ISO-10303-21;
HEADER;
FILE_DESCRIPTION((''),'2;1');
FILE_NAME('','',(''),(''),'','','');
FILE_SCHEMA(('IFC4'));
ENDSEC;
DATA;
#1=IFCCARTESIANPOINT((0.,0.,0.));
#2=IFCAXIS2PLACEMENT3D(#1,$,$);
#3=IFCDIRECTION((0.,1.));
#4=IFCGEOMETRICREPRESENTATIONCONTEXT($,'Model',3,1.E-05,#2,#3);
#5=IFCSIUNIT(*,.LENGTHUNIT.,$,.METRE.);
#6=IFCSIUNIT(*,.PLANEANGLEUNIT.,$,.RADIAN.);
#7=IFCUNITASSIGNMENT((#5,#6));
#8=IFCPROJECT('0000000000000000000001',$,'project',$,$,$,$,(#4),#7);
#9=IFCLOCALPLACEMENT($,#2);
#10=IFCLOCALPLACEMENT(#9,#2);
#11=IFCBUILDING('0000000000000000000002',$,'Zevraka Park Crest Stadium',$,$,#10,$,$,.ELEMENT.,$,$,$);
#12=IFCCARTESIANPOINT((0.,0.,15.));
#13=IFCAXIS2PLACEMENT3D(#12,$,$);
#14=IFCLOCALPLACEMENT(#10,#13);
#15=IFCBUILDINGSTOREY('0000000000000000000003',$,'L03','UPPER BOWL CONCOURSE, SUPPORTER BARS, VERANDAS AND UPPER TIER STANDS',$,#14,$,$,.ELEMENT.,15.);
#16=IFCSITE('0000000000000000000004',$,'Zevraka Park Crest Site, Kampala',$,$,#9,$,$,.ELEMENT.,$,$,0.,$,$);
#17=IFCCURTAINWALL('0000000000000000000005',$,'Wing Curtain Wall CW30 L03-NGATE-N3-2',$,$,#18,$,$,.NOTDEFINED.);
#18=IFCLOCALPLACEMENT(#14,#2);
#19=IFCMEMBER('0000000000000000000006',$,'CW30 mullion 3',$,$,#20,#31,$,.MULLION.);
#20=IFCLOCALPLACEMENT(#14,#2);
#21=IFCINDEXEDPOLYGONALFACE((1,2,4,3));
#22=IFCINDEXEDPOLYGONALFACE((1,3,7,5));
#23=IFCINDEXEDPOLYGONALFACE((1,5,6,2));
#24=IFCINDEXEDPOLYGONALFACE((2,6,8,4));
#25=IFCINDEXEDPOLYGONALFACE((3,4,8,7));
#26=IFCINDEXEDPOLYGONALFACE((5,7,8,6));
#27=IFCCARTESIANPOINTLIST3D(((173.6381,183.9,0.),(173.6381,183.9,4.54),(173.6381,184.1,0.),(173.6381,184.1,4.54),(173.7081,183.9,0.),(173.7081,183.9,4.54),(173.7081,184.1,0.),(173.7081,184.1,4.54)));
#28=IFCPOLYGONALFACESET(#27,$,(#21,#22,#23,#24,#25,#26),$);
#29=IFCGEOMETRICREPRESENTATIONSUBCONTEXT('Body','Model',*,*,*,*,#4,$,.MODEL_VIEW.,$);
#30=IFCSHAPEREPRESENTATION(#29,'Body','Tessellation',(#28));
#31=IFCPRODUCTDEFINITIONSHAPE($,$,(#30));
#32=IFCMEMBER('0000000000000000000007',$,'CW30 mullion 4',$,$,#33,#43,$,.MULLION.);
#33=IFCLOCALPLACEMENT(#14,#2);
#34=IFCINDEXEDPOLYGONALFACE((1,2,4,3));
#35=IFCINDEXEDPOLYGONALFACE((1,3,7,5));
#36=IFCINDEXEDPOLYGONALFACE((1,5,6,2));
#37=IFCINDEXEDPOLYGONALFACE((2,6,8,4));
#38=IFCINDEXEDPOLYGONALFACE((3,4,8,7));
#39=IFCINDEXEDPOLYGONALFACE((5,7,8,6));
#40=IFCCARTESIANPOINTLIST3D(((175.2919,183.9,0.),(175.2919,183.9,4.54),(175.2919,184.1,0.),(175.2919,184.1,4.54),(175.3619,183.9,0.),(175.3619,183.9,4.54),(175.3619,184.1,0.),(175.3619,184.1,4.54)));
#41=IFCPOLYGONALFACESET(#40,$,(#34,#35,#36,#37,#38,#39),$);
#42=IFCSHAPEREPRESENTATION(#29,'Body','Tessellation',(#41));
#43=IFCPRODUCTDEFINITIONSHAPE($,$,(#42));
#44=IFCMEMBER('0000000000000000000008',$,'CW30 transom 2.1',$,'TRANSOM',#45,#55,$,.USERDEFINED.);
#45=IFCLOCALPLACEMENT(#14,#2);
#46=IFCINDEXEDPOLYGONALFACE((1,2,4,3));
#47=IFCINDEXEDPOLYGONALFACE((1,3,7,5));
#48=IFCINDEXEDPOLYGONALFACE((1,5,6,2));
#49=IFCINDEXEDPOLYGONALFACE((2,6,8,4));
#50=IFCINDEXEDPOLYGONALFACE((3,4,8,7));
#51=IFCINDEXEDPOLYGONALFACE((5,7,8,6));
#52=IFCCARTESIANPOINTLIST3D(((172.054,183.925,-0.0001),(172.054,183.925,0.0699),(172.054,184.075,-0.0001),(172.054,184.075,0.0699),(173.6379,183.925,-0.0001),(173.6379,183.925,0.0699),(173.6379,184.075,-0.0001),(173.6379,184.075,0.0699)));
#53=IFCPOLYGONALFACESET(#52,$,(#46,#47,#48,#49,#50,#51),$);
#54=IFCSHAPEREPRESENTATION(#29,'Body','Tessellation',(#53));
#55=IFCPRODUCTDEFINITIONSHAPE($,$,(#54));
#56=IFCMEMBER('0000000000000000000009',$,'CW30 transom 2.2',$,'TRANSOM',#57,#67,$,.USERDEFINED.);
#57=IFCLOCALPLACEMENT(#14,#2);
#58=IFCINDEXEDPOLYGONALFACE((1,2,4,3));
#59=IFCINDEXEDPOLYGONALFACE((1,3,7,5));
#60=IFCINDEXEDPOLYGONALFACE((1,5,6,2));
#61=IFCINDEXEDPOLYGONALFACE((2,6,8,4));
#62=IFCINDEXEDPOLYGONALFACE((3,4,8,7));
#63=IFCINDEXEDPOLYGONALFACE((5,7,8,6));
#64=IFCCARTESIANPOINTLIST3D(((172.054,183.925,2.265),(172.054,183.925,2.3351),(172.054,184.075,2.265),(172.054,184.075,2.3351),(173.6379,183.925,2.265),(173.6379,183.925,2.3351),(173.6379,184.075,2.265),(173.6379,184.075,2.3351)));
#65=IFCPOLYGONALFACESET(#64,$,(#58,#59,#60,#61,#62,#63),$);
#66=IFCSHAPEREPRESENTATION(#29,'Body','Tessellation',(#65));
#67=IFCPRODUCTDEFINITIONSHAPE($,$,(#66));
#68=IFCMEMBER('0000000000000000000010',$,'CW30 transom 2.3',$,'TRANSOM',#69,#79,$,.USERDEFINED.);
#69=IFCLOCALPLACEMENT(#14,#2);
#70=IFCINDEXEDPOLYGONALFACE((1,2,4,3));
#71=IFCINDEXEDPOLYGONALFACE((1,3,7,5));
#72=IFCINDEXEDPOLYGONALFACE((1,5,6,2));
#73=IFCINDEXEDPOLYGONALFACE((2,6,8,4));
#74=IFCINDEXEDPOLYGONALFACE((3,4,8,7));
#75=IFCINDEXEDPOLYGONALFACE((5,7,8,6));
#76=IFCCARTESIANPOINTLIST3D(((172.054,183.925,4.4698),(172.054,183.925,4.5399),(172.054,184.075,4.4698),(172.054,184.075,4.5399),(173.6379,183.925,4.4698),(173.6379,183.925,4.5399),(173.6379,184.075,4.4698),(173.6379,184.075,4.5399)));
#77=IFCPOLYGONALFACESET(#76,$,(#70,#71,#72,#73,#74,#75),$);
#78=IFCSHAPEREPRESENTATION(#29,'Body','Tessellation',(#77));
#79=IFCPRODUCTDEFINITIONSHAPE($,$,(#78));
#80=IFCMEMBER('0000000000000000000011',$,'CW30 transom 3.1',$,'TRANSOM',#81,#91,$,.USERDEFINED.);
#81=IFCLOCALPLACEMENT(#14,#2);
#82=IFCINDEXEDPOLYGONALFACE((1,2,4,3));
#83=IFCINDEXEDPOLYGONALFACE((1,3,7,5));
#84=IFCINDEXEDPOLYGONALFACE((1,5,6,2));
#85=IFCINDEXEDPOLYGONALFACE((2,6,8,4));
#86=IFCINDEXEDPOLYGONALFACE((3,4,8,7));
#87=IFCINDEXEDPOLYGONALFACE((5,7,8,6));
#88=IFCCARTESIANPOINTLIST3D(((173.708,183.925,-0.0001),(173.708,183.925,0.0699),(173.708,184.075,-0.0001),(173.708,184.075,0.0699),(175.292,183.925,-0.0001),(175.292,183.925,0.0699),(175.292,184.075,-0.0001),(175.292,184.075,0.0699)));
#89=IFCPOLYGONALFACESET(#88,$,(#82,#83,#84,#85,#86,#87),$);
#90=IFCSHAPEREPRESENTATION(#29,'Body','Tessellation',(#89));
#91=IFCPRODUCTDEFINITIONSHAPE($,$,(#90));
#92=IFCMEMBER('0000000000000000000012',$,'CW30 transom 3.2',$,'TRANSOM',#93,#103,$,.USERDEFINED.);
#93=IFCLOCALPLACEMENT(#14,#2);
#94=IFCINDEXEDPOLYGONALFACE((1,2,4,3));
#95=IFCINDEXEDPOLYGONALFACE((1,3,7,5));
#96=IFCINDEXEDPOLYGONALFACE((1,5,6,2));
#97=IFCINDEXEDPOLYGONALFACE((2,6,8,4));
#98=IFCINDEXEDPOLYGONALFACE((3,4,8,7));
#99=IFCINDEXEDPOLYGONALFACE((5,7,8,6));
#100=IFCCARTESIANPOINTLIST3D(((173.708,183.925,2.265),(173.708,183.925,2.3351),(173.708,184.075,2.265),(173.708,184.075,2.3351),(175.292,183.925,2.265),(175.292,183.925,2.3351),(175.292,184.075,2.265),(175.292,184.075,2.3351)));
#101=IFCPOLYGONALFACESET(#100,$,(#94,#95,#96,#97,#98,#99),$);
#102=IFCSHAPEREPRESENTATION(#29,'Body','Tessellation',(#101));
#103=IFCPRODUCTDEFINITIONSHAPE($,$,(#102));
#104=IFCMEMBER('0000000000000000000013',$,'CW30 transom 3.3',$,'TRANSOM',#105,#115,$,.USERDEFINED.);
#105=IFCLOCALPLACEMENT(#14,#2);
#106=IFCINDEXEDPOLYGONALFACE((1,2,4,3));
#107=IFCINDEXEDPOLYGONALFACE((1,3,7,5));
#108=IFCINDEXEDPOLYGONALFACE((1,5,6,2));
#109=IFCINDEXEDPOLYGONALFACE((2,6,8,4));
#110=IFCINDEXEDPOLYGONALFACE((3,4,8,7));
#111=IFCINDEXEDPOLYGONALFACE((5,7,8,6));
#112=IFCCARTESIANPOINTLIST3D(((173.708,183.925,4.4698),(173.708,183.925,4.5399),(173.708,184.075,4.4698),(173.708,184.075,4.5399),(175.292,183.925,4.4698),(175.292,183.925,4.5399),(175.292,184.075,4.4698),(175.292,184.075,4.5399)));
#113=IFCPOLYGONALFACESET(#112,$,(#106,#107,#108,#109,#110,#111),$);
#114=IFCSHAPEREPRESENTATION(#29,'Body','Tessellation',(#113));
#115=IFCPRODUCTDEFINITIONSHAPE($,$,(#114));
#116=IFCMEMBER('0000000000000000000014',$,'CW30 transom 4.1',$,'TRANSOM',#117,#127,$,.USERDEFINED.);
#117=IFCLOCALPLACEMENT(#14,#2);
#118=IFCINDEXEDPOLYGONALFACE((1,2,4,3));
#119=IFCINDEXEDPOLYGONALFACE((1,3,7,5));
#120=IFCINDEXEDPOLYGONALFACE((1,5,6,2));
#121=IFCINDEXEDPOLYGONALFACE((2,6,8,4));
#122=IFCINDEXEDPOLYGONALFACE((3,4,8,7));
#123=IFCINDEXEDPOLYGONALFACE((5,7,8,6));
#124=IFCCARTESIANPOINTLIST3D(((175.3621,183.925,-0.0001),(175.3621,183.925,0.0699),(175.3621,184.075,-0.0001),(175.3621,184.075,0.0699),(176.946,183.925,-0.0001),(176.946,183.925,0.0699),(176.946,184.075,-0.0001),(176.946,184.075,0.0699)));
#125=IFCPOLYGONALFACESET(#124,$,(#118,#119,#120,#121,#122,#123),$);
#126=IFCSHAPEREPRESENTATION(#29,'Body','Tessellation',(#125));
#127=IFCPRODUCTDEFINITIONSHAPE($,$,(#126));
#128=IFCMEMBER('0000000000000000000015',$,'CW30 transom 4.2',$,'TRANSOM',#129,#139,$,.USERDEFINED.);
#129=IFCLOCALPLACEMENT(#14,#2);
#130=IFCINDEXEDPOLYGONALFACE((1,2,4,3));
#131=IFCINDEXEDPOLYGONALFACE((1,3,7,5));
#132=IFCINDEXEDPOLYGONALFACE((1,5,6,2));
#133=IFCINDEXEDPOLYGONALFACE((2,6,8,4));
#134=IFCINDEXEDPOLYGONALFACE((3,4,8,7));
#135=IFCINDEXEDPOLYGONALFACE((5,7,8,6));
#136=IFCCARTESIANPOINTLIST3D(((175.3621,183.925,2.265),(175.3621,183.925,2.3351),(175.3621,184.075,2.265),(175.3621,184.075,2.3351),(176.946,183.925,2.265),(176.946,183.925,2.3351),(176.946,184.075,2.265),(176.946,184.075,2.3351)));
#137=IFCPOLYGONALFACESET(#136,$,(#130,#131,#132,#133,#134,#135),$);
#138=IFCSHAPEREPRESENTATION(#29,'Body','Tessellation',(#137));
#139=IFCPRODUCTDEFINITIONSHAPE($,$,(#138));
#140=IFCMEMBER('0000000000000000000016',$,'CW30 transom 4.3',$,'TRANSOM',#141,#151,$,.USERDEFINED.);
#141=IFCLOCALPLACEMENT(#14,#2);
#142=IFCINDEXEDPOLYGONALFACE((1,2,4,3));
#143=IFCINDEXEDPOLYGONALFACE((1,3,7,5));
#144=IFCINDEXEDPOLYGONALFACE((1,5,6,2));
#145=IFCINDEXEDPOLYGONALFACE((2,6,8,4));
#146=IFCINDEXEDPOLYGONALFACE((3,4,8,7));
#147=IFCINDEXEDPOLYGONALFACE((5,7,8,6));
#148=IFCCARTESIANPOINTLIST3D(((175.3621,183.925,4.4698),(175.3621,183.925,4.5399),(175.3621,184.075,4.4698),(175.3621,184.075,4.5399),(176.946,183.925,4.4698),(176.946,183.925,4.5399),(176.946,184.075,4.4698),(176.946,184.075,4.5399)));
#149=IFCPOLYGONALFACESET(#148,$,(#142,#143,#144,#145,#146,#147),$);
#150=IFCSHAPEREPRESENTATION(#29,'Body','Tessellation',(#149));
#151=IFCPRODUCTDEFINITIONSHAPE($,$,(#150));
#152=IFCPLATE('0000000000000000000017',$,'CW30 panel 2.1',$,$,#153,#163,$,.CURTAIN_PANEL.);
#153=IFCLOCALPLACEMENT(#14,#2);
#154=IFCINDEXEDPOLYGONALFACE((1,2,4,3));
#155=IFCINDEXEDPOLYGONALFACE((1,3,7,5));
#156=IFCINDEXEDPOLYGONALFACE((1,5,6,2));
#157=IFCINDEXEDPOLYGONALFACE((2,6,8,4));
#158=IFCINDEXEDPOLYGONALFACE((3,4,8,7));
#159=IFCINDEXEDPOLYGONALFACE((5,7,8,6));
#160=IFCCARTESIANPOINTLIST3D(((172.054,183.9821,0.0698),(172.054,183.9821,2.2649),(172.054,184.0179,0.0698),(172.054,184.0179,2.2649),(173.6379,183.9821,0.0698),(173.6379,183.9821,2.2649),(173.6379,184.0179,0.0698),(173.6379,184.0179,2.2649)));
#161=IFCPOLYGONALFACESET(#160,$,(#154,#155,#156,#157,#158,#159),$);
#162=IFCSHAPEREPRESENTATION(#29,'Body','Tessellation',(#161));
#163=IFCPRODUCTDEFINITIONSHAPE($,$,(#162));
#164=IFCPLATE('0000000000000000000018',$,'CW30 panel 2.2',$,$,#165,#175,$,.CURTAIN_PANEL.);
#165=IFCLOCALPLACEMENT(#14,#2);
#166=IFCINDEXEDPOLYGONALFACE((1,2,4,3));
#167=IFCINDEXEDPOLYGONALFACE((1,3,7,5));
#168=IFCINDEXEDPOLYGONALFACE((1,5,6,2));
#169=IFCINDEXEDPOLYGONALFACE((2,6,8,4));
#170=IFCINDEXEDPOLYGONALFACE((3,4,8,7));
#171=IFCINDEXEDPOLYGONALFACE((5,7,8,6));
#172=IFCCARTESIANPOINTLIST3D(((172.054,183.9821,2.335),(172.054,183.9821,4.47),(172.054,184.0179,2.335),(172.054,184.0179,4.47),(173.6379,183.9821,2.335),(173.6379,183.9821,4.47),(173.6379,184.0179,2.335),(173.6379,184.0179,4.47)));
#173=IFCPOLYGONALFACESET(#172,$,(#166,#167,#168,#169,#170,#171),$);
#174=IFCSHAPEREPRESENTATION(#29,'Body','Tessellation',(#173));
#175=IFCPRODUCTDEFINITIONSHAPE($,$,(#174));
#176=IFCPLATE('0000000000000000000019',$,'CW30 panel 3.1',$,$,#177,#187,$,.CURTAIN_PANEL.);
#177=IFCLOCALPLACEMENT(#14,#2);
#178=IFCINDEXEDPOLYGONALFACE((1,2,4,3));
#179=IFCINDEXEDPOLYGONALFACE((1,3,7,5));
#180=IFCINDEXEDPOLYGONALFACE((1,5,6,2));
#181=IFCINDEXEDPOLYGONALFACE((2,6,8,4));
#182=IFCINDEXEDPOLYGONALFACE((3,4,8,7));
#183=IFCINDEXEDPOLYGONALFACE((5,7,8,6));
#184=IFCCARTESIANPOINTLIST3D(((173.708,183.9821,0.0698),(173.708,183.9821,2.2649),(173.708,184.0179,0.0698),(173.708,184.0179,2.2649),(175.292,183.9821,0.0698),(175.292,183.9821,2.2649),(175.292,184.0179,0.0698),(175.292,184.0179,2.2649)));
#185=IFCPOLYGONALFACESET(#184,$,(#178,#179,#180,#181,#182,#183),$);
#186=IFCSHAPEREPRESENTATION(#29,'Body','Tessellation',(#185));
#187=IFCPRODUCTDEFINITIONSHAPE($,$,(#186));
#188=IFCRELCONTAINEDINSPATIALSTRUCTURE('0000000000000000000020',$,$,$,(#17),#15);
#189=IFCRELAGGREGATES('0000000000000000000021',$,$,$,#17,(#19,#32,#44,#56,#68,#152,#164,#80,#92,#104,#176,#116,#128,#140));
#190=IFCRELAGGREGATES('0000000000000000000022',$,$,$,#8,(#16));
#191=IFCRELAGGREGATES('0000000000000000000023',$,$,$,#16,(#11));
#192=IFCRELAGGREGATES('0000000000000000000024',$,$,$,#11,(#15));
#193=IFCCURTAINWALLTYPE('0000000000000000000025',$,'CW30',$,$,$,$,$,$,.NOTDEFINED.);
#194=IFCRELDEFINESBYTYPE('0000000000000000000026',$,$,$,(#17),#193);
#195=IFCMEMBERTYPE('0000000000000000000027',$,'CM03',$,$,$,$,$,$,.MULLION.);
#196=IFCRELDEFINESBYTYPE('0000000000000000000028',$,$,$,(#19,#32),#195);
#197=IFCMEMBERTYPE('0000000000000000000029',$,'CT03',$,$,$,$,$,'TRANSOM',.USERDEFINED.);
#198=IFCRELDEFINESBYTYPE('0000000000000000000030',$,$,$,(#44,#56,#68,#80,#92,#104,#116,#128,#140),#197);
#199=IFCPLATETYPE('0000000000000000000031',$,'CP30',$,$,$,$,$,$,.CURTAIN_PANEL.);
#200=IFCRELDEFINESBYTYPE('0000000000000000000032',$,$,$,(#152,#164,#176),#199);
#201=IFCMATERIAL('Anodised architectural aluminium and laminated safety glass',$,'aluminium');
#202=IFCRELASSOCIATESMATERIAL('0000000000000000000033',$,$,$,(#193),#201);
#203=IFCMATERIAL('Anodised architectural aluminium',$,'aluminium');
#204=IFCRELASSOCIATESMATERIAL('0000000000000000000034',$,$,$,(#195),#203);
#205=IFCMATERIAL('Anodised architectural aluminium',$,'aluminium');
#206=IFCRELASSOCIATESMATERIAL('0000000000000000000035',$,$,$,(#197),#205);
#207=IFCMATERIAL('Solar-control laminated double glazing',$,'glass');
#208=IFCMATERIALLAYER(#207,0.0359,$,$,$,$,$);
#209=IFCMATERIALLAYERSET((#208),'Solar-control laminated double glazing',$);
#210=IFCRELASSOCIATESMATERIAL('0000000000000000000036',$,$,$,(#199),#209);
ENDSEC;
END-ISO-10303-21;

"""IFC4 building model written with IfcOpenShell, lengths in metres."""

from ifc_helpers import new_model, si_unit, direction, frame, origin, origin_2d, place, context, subcontext, project, spatial, rectangle, extrude, material, layer, layer_set, material_profile, profile_set, type_object, element, aggregate, save


model = new_model("IFC4")

# Units and contexts
model_context = context("Model", 3, precision=1e-05, world=origin(), true_north=direction((0.0, 1.0)))
body_context = subcontext(model_context, "Body", "Model", "MODEL_VIEW")
ifc_project = project(units=[si_unit("LENGTHUNIT", "METRE"), si_unit("PLANEANGLEUNIT", "RADIAN")], contexts=[model_context])

# Site, building, storey
site_placement = place(None, origin())
site = spatial("IfcSite", under=ifc_project, at=site_placement, Name="Zevraka Park Crest Site, Kampala", CompositionType="ELEMENT", RefElevation=0.0)
building_placement = place(site_placement, origin())
building = spatial("IfcBuilding", under=site, at=building_placement, Name="Zevraka Park Crest Stadium", CompositionType="ELEMENT")
storey_placement = place(building_placement, frame((0.0, 0.0, 15.0)))
storey = spatial("IfcBuildingStorey", under=building, at=storey_placement, Name="L03", Description="UPPER BOWL CONCOURSE, SUPPORTER BARS, VERANDAS AND UPPER TIER STANDS", CompositionType="ELEMENT", Elevation=15.0)

# Curtain wall, members, plates
ifc_material_1 = material(Name="Anodised architectural aluminium and laminated safety glass", Category="aluminium")
curtain_wall_type = type_object("IfcCurtainWallType", Name="CW30", PredefinedType="NOTDEFINED", material=ifc_material_1)
curtain_wall_placement = place(storey_placement, origin())
curtain_wall = element("IfcCurtainWall", 1, at=curtain_wall_placement, inside=storey, type_object=curtain_wall_type, Name="Wing Curtain Wall CW30 L03-NGATE-N3-2", PredefinedType="NOTDEFINED")
ifc_material_2 = material(Name="Anodised architectural aluminium", Category="aluminium")
ifc_material_profile_1 = material_profile(ifc_material_2, rectangle(XDim=0.2, YDim=0.0701, at=origin_2d()), Name="ALU MULLION 200x70")
ifc_profile_set_1 = profile_set([ifc_material_profile_1], Name="Anodised architectural aluminium")
member_type_1 = type_object("IfcMemberType", Name="CM03", PredefinedType="MULLION", material=ifc_profile_set_1)
member_1_placement = place(storey_placement, frame((173.6731, 184.0, 0.0), z_axis=(0.0, 0.0, 1.0), x_axis=(0.0, 1.0, 0.0)))
member_1 = element("IfcMember", 2, at=member_1_placement, type_object=member_type_1, Name="CW30 mullion 3", PredefinedType="MULLION", context=body_context, shape_type="SweptSolid", body=[
    extrude(rectangle(XDim=0.2, YDim=0.0701, at=origin_2d()), origin(), (0.0, 0.0, 1.0), 4.54),
])
member_2_placement = place(storey_placement, frame((175.3269, 184.0, 0.0), z_axis=(0.0, 0.0, 1.0), x_axis=(0.0, 1.0, 0.0)))
member_2 = element("IfcMember", 3, at=member_2_placement, type_object=member_type_1, Name="CW30 mullion 4", PredefinedType="MULLION", context=body_context, shape_type="SweptSolid", body=[
    extrude(rectangle(XDim=0.2, YDim=0.0701, at=origin_2d()), origin(), (0.0, 0.0, 1.0), 4.54),
])
ifc_material_3 = material(Name="Anodised architectural aluminium", Category="aluminium")
ifc_material_profile_2 = material_profile(ifc_material_3, rectangle(XDim=0.1499, YDim=0.0701, at=origin_2d()), Name="ALU TRANSOM 150x70")
ifc_profile_set_2 = profile_set([ifc_material_profile_2], Name="Anodised architectural aluminium")
member_type_2 = type_object("IfcMemberType", Name="CT03", ElementType="TRANSOM", PredefinedType="USERDEFINED", material=ifc_profile_set_2)
member_3_placement = place(storey_placement, frame((172.054, 184.0, 0.0349), z_axis=(1.0, 0.0, 0.0), x_axis=(0.0, 1.0, 0.0)))
member_3 = element("IfcMember", 4, at=member_3_placement, type_object=member_type_2, Name="CW30 transom 2.1", ObjectType="TRANSOM", PredefinedType="USERDEFINED", context=body_context, shape_type="SweptSolid", body=[
    extrude(rectangle(XDim=0.1499, YDim=0.0701, at=origin_2d()), origin(), (0.0, 0.0, 1.0), 1.584),
])
member_4_placement = place(storey_placement, frame((172.054, 184.0, 2.3), z_axis=(1.0, 0.0, 0.0), x_axis=(0.0, 1.0, 0.0)))
member_4 = element("IfcMember", 5, at=member_4_placement, type_object=member_type_2, Name="CW30 transom 2.2", ObjectType="TRANSOM", PredefinedType="USERDEFINED", context=body_context, shape_type="SweptSolid", body=[
    extrude(rectangle(XDim=0.1499, YDim=0.0701, at=origin_2d()), origin(), (0.0, 0.0, 1.0), 1.584),
])
member_5_placement = place(storey_placement, frame((172.054, 184.0, 4.5049), z_axis=(1.0, 0.0, 0.0), x_axis=(0.0, 1.0, 0.0)))
member_5 = element("IfcMember", 6, at=member_5_placement, type_object=member_type_2, Name="CW30 transom 2.3", ObjectType="TRANSOM", PredefinedType="USERDEFINED", context=body_context, shape_type="SweptSolid", body=[
    extrude(rectangle(XDim=0.1499, YDim=0.0701, at=origin_2d()), origin(), (0.0, 0.0, 1.0), 1.584),
])
member_6_placement = place(storey_placement, frame((173.708, 184.0, 0.0349), z_axis=(1.0, 0.0, 0.0), x_axis=(0.0, 1.0, 0.0)))
member_6 = element("IfcMember", 7, at=member_6_placement, type_object=member_type_2, Name="CW30 transom 3.1", ObjectType="TRANSOM", PredefinedType="USERDEFINED", context=body_context, shape_type="SweptSolid", body=[
    extrude(rectangle(XDim=0.1499, YDim=0.0701, at=origin_2d()), origin(), (0.0, 0.0, 1.0), 1.584),
])
member_7_placement = place(storey_placement, frame((173.708, 184.0, 2.3), z_axis=(1.0, 0.0, 0.0), x_axis=(0.0, 1.0, 0.0)))
member_7 = element("IfcMember", 8, at=member_7_placement, type_object=member_type_2, Name="CW30 transom 3.2", ObjectType="TRANSOM", PredefinedType="USERDEFINED", context=body_context, shape_type="SweptSolid", body=[
    extrude(rectangle(XDim=0.1499, YDim=0.0701, at=origin_2d()), origin(), (0.0, 0.0, 1.0), 1.584),
])
member_8_placement = place(storey_placement, frame((173.708, 184.0, 4.5049), z_axis=(1.0, 0.0, 0.0), x_axis=(0.0, 1.0, 0.0)))
member_8 = element("IfcMember", 9, at=member_8_placement, type_object=member_type_2, Name="CW30 transom 3.3", ObjectType="TRANSOM", PredefinedType="USERDEFINED", context=body_context, shape_type="SweptSolid", body=[
    extrude(rectangle(XDim=0.1499, YDim=0.0701, at=origin_2d()), origin(), (0.0, 0.0, 1.0), 1.584),
])
member_9_placement = place(storey_placement, frame((175.3621, 184.0, 0.0349), z_axis=(1.0, 0.0, 0.0), x_axis=(0.0, 1.0, 0.0)))
member_9 = element("IfcMember", 10, at=member_9_placement, type_object=member_type_2, Name="CW30 transom 4.1", ObjectType="TRANSOM", PredefinedType="USERDEFINED", context=body_context, shape_type="SweptSolid", body=[
    extrude(rectangle(XDim=0.1499, YDim=0.0701, at=origin_2d()), origin(), (0.0, 0.0, 1.0), 1.584),
])
member_10_placement = place(storey_placement, frame((175.3621, 184.0, 2.3), z_axis=(1.0, 0.0, 0.0), x_axis=(0.0, 1.0, 0.0)))
member_10 = element("IfcMember", 11, at=member_10_placement, type_object=member_type_2, Name="CW30 transom 4.2", ObjectType="TRANSOM", PredefinedType="USERDEFINED", context=body_context, shape_type="SweptSolid", body=[
    extrude(rectangle(XDim=0.1499, YDim=0.0701, at=origin_2d()), origin(), (0.0, 0.0, 1.0), 1.584),
])
member_11_placement = place(storey_placement, frame((175.3621, 184.0, 4.5049), z_axis=(1.0, 0.0, 0.0), x_axis=(0.0, 1.0, 0.0)))
member_11 = element("IfcMember", 12, at=member_11_placement, type_object=member_type_2, Name="CW30 transom 4.3", ObjectType="TRANSOM", PredefinedType="USERDEFINED", context=body_context, shape_type="SweptSolid", body=[
    extrude(rectangle(XDim=0.1499, YDim=0.0701, at=origin_2d()), origin(), (0.0, 0.0, 1.0), 1.584),
])
ifc_material_4 = material(Name="Solar-control laminated double glazing", Category="glass")
ifc_layer_1 = layer(ifc_material_4, 0.0359)
ifc_layer_set_1 = layer_set([ifc_layer_1], Name="Solar-control laminated double glazing")
plate_type = type_object("IfcPlateType", Name="CP30", PredefinedType="CURTAIN_PANEL", material=ifc_layer_set_1)
plate_1_placement = place(storey_placement, frame((172.8459, 184.0, 0.0698), z_axis=(0.0, 0.0, 1.0), x_axis=(1.0, 0.0, 0.0)))
plate_1 = element("IfcPlate", 13, at=plate_1_placement, type_object=plate_type, Name="CW30 panel 2.1", PredefinedType="CURTAIN_PANEL", context=body_context, shape_type="SweptSolid", body=[
    extrude(rectangle(XDim=1.584, YDim=0.0359, at=origin_2d()), origin(), (0.0, 0.0, 1.0), 2.1951),
])
plate_2_placement = place(storey_placement, frame((172.8459, 184.0, 2.335), z_axis=(0.0, 0.0, 1.0), x_axis=(1.0, 0.0, 0.0)))
plate_2 = element("IfcPlate", 14, at=plate_2_placement, type_object=plate_type, Name="CW30 panel 2.2", PredefinedType="CURTAIN_PANEL", context=body_context, shape_type="SweptSolid", body=[
    extrude(rectangle(XDim=1.584, YDim=0.0359, at=origin_2d()), origin(), (0.0, 0.0, 1.0), 2.135),
])
plate_3_placement = place(storey_placement, frame((174.5, 184.0, 0.0698), z_axis=(0.0, 0.0, 1.0), x_axis=(1.0, 0.0, 0.0)))
plate_3 = element("IfcPlate", 15, at=plate_3_placement, type_object=plate_type, Name="CW30 panel 3.1", PredefinedType="CURTAIN_PANEL", context=body_context, shape_type="SweptSolid", body=[
    extrude(rectangle(XDim=1.584, YDim=0.0359, at=origin_2d()), origin(), (0.0, 0.0, 1.0), 2.1951),
])
aggregate(curtain_wall, [member_1, member_2, member_3, member_4, member_5, plate_1, plate_2, member_6, member_7, member_8, plate_3, member_9, member_10, member_11])

save(model, "model.ifc")
